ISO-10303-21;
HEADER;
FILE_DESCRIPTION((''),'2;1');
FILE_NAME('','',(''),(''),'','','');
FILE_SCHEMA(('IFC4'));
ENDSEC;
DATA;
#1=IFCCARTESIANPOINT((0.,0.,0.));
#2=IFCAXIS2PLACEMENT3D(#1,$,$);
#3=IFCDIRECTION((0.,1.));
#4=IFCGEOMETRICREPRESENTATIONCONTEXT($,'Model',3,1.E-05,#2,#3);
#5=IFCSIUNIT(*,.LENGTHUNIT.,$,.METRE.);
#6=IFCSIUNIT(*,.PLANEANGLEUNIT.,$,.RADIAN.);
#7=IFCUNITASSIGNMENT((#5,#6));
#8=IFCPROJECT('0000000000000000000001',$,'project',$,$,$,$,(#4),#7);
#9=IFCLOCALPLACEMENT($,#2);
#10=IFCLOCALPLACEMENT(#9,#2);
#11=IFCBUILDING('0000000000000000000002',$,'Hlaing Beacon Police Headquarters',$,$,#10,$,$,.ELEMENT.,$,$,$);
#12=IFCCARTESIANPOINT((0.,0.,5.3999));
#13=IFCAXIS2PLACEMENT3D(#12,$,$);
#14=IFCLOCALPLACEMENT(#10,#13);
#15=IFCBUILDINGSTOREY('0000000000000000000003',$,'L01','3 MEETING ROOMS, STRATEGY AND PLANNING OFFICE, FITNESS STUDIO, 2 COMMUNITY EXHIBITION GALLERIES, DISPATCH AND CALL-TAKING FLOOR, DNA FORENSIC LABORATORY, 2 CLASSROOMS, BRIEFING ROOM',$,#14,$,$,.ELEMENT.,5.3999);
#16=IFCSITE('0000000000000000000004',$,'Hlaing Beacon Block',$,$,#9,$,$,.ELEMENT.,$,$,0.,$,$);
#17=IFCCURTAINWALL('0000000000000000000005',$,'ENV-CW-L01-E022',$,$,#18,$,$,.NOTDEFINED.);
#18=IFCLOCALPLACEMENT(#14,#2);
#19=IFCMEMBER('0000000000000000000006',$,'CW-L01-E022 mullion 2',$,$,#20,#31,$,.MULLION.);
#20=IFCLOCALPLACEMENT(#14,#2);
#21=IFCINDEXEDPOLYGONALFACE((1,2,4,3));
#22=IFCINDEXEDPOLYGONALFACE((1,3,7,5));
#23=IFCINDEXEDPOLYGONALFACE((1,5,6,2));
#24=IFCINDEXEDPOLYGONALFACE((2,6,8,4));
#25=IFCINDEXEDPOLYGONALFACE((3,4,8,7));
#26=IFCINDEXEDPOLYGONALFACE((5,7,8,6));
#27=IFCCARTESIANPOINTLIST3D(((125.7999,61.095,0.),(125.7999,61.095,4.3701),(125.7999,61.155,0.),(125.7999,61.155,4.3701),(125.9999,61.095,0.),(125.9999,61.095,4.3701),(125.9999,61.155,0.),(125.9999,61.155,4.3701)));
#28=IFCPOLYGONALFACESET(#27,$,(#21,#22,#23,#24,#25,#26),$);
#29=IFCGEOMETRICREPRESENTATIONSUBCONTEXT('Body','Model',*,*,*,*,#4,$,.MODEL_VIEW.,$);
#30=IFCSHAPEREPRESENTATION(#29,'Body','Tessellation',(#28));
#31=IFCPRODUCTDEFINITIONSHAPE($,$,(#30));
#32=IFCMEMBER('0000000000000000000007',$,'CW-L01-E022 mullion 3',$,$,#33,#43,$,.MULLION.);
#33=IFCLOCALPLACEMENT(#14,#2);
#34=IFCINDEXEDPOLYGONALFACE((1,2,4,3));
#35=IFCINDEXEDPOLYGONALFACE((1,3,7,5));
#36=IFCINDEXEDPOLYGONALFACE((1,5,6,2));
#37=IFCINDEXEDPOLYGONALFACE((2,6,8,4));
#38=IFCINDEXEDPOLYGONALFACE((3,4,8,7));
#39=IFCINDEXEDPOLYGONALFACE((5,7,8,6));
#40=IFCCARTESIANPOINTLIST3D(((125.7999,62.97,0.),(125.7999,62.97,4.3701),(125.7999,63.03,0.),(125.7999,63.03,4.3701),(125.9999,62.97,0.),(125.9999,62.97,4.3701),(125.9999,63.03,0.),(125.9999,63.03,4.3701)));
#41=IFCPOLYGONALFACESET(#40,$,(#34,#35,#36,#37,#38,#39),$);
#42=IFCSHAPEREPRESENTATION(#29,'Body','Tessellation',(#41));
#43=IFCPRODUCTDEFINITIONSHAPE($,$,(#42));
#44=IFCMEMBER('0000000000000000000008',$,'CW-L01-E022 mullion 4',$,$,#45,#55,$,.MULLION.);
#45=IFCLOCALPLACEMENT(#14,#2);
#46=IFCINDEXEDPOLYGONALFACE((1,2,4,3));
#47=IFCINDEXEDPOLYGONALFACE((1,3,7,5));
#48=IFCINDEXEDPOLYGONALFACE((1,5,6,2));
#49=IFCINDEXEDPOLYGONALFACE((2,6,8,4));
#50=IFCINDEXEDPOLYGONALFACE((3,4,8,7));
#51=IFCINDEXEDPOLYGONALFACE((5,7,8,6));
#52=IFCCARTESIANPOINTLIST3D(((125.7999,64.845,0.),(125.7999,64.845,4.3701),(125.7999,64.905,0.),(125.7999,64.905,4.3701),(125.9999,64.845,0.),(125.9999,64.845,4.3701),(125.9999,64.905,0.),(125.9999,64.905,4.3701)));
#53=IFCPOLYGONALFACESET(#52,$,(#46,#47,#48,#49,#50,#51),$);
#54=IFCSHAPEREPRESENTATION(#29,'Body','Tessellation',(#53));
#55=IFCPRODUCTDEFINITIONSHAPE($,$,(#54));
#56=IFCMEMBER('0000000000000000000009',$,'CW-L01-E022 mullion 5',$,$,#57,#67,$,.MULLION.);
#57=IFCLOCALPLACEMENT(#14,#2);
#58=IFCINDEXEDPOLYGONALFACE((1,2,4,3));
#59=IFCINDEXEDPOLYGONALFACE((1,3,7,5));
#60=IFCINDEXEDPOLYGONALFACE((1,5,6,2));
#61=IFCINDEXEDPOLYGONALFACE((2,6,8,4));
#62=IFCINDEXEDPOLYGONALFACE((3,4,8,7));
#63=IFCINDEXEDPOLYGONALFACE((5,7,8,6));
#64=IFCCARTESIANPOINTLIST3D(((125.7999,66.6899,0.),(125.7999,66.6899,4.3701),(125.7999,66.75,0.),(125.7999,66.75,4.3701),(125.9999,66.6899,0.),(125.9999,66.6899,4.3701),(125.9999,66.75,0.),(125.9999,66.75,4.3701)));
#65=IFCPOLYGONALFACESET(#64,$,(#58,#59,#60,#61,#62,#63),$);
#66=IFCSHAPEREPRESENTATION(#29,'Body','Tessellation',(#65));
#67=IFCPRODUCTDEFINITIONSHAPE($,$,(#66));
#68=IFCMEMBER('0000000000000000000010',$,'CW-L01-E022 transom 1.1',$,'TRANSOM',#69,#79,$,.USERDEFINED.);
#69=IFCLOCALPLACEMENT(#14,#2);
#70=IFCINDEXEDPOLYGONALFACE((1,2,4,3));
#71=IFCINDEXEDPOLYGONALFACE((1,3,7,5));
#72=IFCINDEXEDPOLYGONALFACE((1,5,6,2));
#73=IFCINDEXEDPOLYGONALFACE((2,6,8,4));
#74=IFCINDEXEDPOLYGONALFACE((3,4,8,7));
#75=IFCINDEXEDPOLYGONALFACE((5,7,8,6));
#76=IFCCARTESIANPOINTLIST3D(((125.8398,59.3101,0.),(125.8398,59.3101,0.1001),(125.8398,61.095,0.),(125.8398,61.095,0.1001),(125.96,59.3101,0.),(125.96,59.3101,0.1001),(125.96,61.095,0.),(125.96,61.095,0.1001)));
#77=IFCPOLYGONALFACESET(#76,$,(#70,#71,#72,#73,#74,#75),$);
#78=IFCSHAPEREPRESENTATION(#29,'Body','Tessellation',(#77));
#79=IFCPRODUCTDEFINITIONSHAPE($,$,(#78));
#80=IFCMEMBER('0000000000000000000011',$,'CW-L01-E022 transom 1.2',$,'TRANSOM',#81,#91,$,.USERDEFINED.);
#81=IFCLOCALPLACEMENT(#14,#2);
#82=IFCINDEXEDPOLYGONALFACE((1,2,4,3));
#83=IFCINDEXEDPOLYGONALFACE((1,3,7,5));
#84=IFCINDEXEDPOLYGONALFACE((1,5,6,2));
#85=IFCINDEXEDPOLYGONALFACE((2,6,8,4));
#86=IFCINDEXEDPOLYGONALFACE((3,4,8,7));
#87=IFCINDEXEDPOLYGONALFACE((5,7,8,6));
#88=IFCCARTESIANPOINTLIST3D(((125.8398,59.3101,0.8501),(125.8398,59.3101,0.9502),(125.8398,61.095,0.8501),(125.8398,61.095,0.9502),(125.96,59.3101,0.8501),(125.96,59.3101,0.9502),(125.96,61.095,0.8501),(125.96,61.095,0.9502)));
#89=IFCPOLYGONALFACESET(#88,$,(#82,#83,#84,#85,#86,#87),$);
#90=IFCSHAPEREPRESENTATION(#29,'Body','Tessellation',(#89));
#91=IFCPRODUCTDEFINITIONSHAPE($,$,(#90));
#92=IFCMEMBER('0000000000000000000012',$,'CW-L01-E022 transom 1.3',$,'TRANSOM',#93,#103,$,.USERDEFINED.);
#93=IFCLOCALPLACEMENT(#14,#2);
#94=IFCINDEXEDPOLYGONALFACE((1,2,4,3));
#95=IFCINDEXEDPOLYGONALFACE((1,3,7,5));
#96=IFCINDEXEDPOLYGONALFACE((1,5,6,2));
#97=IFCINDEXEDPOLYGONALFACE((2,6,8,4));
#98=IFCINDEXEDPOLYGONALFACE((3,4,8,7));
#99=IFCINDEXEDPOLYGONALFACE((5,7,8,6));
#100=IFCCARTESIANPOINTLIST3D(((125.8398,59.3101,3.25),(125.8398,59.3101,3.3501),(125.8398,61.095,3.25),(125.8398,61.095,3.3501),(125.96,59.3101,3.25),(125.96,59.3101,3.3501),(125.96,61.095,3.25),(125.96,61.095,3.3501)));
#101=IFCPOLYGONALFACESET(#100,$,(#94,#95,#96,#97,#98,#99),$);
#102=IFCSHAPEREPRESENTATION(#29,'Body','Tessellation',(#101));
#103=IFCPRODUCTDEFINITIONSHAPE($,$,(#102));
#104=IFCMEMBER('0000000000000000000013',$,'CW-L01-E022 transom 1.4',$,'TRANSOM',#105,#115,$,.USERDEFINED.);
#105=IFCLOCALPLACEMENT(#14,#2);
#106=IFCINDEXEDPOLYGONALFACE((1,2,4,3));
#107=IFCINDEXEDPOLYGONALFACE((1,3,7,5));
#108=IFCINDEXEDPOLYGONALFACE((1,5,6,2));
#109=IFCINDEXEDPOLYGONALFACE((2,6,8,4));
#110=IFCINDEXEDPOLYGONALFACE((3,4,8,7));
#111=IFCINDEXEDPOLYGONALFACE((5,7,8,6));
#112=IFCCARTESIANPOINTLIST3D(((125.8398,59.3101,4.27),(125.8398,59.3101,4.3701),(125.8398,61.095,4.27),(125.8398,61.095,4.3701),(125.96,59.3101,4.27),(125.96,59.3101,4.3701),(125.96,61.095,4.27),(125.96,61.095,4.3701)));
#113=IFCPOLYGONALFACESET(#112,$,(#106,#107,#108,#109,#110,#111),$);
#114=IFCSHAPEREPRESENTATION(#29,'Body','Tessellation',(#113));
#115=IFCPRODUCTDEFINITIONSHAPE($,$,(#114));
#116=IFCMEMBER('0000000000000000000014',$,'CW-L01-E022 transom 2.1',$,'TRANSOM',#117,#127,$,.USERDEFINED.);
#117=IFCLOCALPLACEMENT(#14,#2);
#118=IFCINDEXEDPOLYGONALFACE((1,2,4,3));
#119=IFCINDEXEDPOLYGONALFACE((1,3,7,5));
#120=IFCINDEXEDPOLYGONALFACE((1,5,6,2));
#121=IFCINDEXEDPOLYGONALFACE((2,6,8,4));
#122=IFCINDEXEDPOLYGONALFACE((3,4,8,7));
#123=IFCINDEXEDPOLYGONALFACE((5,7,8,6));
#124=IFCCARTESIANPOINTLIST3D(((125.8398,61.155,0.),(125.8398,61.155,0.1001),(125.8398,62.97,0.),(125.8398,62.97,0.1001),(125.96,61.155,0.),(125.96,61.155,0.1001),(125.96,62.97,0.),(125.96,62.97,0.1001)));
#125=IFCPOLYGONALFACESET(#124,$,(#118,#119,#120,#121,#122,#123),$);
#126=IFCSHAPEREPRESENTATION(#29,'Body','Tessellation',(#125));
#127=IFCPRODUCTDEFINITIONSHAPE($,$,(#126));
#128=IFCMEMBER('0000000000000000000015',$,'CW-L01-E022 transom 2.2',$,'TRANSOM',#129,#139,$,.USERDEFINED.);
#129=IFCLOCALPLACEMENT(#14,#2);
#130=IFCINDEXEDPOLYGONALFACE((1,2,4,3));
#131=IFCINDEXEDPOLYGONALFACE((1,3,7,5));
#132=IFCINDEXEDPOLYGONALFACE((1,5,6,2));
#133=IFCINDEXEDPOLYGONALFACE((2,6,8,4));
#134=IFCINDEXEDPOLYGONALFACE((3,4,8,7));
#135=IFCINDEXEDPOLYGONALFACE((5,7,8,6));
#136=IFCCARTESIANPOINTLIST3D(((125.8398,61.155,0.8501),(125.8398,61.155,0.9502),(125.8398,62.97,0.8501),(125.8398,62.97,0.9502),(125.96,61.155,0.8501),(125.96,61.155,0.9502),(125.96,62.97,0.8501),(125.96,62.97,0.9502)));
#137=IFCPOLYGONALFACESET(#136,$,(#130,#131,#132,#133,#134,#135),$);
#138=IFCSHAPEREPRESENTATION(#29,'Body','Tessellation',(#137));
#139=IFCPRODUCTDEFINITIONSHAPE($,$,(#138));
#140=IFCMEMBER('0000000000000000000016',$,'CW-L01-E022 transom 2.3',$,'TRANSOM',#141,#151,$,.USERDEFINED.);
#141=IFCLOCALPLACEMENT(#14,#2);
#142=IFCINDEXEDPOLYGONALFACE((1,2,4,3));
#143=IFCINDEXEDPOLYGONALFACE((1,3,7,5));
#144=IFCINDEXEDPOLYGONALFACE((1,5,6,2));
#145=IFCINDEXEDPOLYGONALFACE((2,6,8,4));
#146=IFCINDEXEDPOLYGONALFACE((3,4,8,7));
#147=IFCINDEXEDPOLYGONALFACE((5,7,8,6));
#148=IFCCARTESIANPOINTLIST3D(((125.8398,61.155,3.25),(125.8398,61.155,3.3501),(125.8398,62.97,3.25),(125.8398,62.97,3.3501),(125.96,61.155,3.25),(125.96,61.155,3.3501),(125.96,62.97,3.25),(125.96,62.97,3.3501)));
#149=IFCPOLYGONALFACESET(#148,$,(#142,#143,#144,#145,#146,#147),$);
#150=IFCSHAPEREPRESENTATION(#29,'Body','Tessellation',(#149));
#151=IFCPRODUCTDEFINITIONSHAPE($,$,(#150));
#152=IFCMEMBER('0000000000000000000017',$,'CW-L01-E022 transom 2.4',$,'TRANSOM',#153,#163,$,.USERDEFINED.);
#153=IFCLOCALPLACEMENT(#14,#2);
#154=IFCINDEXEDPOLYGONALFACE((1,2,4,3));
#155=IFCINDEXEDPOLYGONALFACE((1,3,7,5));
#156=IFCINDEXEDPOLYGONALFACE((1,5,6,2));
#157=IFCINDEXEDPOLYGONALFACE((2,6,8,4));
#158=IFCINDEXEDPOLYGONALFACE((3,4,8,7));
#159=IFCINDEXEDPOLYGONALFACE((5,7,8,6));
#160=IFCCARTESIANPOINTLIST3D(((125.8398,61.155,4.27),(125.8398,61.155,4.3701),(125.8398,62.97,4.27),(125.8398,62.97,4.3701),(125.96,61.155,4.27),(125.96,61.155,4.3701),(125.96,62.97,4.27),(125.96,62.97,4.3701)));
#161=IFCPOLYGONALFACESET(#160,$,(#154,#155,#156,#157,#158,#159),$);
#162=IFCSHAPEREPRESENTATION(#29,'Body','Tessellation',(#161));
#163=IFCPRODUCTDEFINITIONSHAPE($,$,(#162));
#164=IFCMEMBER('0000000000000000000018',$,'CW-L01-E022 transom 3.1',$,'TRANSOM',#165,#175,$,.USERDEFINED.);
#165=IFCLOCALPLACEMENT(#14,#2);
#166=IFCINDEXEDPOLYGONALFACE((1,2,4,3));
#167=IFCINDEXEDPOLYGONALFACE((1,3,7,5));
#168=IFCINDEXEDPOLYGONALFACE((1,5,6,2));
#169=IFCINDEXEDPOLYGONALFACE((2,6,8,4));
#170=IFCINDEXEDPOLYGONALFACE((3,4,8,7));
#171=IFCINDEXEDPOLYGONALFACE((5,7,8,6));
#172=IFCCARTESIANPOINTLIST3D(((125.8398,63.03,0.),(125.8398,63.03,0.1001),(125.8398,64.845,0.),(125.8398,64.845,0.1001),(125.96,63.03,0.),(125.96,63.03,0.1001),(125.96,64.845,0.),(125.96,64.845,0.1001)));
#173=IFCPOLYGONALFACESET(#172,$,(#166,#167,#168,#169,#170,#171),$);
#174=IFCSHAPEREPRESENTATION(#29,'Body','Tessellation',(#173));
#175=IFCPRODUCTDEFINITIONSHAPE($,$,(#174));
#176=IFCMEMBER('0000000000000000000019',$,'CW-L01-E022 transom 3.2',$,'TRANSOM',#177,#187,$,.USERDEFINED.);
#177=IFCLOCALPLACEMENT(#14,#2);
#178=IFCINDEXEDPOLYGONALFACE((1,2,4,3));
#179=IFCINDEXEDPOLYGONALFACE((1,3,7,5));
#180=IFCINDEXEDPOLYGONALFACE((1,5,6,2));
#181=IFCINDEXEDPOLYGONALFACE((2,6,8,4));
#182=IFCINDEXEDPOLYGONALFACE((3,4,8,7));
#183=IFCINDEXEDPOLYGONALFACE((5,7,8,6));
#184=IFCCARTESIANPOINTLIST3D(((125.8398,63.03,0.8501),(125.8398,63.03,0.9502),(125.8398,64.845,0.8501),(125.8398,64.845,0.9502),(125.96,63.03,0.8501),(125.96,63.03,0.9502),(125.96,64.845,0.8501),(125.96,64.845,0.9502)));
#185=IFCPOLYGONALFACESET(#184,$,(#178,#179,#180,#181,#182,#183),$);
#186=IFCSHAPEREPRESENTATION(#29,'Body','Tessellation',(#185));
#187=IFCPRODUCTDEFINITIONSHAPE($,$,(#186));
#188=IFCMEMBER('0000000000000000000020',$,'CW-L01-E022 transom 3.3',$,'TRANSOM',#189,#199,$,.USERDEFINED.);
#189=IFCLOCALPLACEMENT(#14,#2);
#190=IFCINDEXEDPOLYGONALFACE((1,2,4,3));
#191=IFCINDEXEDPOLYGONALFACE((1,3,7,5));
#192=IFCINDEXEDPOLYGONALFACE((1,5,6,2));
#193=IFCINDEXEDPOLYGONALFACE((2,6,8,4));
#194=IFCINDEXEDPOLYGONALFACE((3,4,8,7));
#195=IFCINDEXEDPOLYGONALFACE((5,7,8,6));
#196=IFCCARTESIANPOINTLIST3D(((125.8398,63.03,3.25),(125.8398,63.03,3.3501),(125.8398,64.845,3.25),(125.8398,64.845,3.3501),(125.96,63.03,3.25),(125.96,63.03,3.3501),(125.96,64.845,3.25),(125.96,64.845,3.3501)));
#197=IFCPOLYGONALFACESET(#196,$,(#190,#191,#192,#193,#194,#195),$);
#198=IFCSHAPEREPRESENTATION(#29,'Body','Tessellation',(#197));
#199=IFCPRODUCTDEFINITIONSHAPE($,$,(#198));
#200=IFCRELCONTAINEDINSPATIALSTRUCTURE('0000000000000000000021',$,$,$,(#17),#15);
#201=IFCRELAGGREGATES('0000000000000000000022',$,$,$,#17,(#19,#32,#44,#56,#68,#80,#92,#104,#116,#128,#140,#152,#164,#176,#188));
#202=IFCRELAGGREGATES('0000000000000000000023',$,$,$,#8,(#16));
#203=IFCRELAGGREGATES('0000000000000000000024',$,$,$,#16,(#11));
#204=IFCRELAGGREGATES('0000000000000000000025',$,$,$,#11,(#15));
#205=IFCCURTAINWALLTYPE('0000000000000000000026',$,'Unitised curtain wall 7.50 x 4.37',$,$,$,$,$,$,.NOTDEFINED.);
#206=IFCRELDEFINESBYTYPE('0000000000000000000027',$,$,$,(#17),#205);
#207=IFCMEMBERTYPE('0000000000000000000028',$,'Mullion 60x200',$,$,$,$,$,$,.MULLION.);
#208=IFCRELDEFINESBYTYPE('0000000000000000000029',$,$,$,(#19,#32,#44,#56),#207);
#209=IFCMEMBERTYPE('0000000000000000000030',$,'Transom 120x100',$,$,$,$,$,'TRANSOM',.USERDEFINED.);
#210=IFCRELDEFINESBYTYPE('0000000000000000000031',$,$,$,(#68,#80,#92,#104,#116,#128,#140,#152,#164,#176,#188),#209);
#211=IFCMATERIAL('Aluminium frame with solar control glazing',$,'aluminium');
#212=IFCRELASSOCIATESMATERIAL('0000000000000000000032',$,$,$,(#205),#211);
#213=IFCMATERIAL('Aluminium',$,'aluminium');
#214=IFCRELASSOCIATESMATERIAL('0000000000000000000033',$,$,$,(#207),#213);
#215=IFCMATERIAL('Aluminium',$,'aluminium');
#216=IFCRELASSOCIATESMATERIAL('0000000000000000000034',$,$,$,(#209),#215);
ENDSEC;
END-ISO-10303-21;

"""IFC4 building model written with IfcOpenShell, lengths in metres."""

from ifc_helpers import new_model, si_unit, direction, frame, origin, origin_2d, place, context, subcontext, project, spatial, rectangle, extrude, material, material_profile, profile_set, type_object, element, aggregate, save


model = new_model("IFC4")

# Units and contexts
model_context = context("Model", 3, precision=1e-05, world=origin(), true_north=direction((0.0, 1.0)))
body_context = subcontext(model_context, "Body", "Model", "MODEL_VIEW")
ifc_project = project(units=[si_unit("LENGTHUNIT", "METRE"), si_unit("PLANEANGLEUNIT", "RADIAN")], contexts=[model_context])

# Site, building, storey
site_placement = place(None, origin())
site = spatial("IfcSite", under=ifc_project, at=site_placement, Name="Hlaing Beacon Block", CompositionType="ELEMENT", RefElevation=0.0)
building_placement = place(site_placement, origin())
building = spatial("IfcBuilding", under=site, at=building_placement, Name="Hlaing Beacon Police Headquarters", CompositionType="ELEMENT")
storey_placement = place(building_placement, frame((0.0, 0.0, 5.3999)))
storey = spatial("IfcBuildingStorey", under=building, at=storey_placement, Name="L01", Description="3 MEETING ROOMS, STRATEGY AND PLANNING OFFICE, FITNESS STUDIO, 2 COMMUNITY EXHIBITION GALLERIES, DISPATCH AND CALL-TAKING FLOOR, DNA FORENSIC LABORATORY, 2 CLASSROOMS, BRIEFING ROOM", CompositionType="ELEMENT", Elevation=5.3999)

# Curtain wall, members
ifc_material_1 = material(Name="Aluminium frame with solar control glazing", Category="aluminium")
curtain_wall_type = type_object("IfcCurtainWallType", Name="Unitised curtain wall 7.50 x 4.37", PredefinedType="NOTDEFINED", material=ifc_material_1)
curtain_wall_placement = place(storey_placement, origin())
curtain_wall = element("IfcCurtainWall", 1, at=curtain_wall_placement, inside=storey, type_object=curtain_wall_type, Name="ENV-CW-L01-E022", PredefinedType="NOTDEFINED")
ifc_material_2 = material(Name="Aluminium", Category="aluminium")
ifc_material_profile_1 = material_profile(ifc_material_2, rectangle(XDim=0.2, YDim=0.0601, at=origin_2d()), Name="Mullion 60x200")
ifc_profile_set_1 = profile_set([ifc_material_profile_1], Name="Aluminium")
member_type_1 = type_object("IfcMemberType", Name="Mullion 60x200", PredefinedType="MULLION", material=ifc_profile_set_1)
member_1_placement = place(storey_placement, frame((125.8999, 61.125, 0.0), z_axis=(0.0, 0.0, 1.0), x_axis=(-1.0, 0.0, 0.0)))
member_1 = element("IfcMember", 2, at=member_1_placement, type_object=member_type_1, Name="CW-L01-E022 mullion 2", PredefinedType="MULLION", context=body_context, shape_type="SweptSolid", body=[
    extrude(rectangle(XDim=0.2, YDim=0.0601, at=origin_2d()), origin(), (0.0, 0.0, 1.0), 4.3701),
])
member_2_placement = place(storey_placement, frame((125.8999, 63.0, 0.0), z_axis=(0.0, 0.0, 1.0), x_axis=(-1.0, 0.0, 0.0)))
member_2 = element("IfcMember", 3, at=member_2_placement, type_object=member_type_1, Name="CW-L01-E022 mullion 3", PredefinedType="MULLION", context=body_context, shape_type="SweptSolid", body=[
    extrude(rectangle(XDim=0.2, YDim=0.0601, at=origin_2d()), origin(), (0.0, 0.0, 1.0), 4.3701),
])
member_3_placement = place(storey_placement, frame((125.8999, 64.875, 0.0), z_axis=(0.0, 0.0, 1.0), x_axis=(-1.0, 0.0, 0.0)))
member_3 = element("IfcMember", 4, at=member_3_placement, type_object=member_type_1, Name="CW-L01-E022 mullion 4", PredefinedType="MULLION", context=body_context, shape_type="SweptSolid", body=[
    extrude(rectangle(XDim=0.2, YDim=0.0601, at=origin_2d()), origin(), (0.0, 0.0, 1.0), 4.3701),
])
member_4_placement = place(storey_placement, frame((125.8999, 66.72, 0.0), z_axis=(0.0, 0.0, 1.0), x_axis=(-1.0, 0.0, 0.0)))
member_4 = element("IfcMember", 5, at=member_4_placement, type_object=member_type_1, Name="CW-L01-E022 mullion 5", PredefinedType="MULLION", context=body_context, shape_type="SweptSolid", body=[
    extrude(rectangle(XDim=0.2, YDim=0.0601, at=origin_2d()), origin(), (0.0, 0.0, 1.0), 4.3701),
])
ifc_material_3 = material(Name="Aluminium", Category="aluminium")
ifc_material_profile_2 = material_profile(ifc_material_3, rectangle(XDim=0.1201, YDim=0.1001, at=origin_2d()), Name="Transom 120x100")
ifc_profile_set_2 = profile_set([ifc_material_profile_2], Name="Aluminium")
member_type_2 = type_object("IfcMemberType", Name="Transom 120x100", ElementType="TRANSOM", PredefinedType="USERDEFINED", material=ifc_profile_set_2)
member_5_placement = place(storey_placement, frame((125.8999, 59.3101, 0.05), z_axis=(0.0, 1.0, 0.0), x_axis=(-1.0, 0.0, 0.0)))
member_5 = element("IfcMember", 6, at=member_5_placement, type_object=member_type_2, Name="CW-L01-E022 transom 1.1", ObjectType="TRANSOM", PredefinedType="USERDEFINED", context=body_context, shape_type="SweptSolid", body=[
    extrude(rectangle(XDim=0.1201, YDim=0.1001, at=origin_2d()), origin(), (0.0, 0.0, 1.0), 1.7849),
])
member_6_placement = place(storey_placement, frame((125.8999, 59.3101, 0.9001), z_axis=(0.0, 1.0, 0.0), x_axis=(-1.0, 0.0, 0.0)))
member_6 = element("IfcMember", 7, at=member_6_placement, type_object=member_type_2, Name="CW-L01-E022 transom 1.2", ObjectType="TRANSOM", PredefinedType="USERDEFINED", context=body_context, shape_type="SweptSolid", body=[
    extrude(rectangle(XDim=0.1201, YDim=0.1001, at=origin_2d()), origin(), (0.0, 0.0, 1.0), 1.7849),
])
member_7_placement = place(storey_placement, frame((125.8999, 59.3101, 3.3), z_axis=(0.0, 1.0, 0.0), x_axis=(-1.0, 0.0, 0.0)))
member_7 = element("IfcMember", 8, at=member_7_placement, type_object=member_type_2, Name="CW-L01-E022 transom 1.3", ObjectType="TRANSOM", PredefinedType="USERDEFINED", context=body_context, shape_type="SweptSolid", body=[
    extrude(rectangle(XDim=0.1201, YDim=0.1001, at=origin_2d()), origin(), (0.0, 0.0, 1.0), 1.7849),
])
member_8_placement = place(storey_placement, frame((125.8999, 59.3101, 4.3201), z_axis=(0.0, 1.0, 0.0), x_axis=(-1.0, 0.0, 0.0)))
member_8 = element("IfcMember", 9, at=member_8_placement, type_object=member_type_2, Name="CW-L01-E022 transom 1.4", ObjectType="TRANSOM", PredefinedType="USERDEFINED", context=body_context, shape_type="SweptSolid", body=[
    extrude(rectangle(XDim=0.1201, YDim=0.1001, at=origin_2d()), origin(), (0.0, 0.0, 1.0), 1.7849),
])
member_9_placement = place(storey_placement, frame((125.8999, 61.155, 0.05), z_axis=(0.0, 1.0, 0.0), x_axis=(-1.0, 0.0, 0.0)))
member_9 = element("IfcMember", 10, at=member_9_placement, type_object=member_type_2, Name="CW-L01-E022 transom 2.1", ObjectType="TRANSOM", PredefinedType="USERDEFINED", context=body_context, shape_type="SweptSolid", body=[
    extrude(rectangle(XDim=0.1201, YDim=0.1001, at=origin_2d()), origin(), (0.0, 0.0, 1.0), 1.8149),
])
member_10_placement = place(storey_placement, frame((125.8999, 61.155, 0.9001), z_axis=(0.0, 1.0, 0.0), x_axis=(-1.0, 0.0, 0.0)))
member_10 = element("IfcMember", 11, at=member_10_placement, type_object=member_type_2, Name="CW-L01-E022 transom 2.2", ObjectType="TRANSOM", PredefinedType="USERDEFINED", context=body_context, shape_type="SweptSolid", body=[
    extrude(rectangle(XDim=0.1201, YDim=0.1001, at=origin_2d()), origin(), (0.0, 0.0, 1.0), 1.8149),
])
member_11_placement = place(storey_placement, frame((125.8999, 61.155, 3.3), z_axis=(0.0, 1.0, 0.0), x_axis=(-1.0, 0.0, 0.0)))
member_11 = element("IfcMember", 12, at=member_11_placement, type_object=member_type_2, Name="CW-L01-E022 transom 2.3", ObjectType="TRANSOM", PredefinedType="USERDEFINED", context=body_context, shape_type="SweptSolid", body=[
    extrude(rectangle(XDim=0.1201, YDim=0.1001, at=origin_2d()), origin(), (0.0, 0.0, 1.0), 1.8149),
])
member_12_placement = place(storey_placement, frame((125.8999, 61.155, 4.3201), z_axis=(0.0, 1.0, 0.0), x_axis=(-1.0, 0.0, 0.0)))
member_12 = element("IfcMember", 13, at=member_12_placement, type_object=member_type_2, Name="CW-L01-E022 transom 2.4", ObjectType="TRANSOM", PredefinedType="USERDEFINED", context=body_context, shape_type="SweptSolid", body=[
    extrude(rectangle(XDim=0.1201, YDim=0.1001, at=origin_2d()), origin(), (0.0, 0.0, 1.0), 1.8149),
])
member_13_placement = place(storey_placement, frame((125.8999, 63.03, 0.05), z_axis=(0.0, 1.0, 0.0), x_axis=(-1.0, 0.0, 0.0)))
member_13 = element("IfcMember", 14, at=member_13_placement, type_object=member_type_2, Name="CW-L01-E022 transom 3.1", ObjectType="TRANSOM", PredefinedType="USERDEFINED", context=body_context, shape_type="SweptSolid", body=[
    extrude(rectangle(XDim=0.1201, YDim=0.1001, at=origin_2d()), origin(), (0.0, 0.0, 1.0), 1.8149),
])
member_14_placement = place(storey_placement, frame((125.8999, 63.03, 0.9001), z_axis=(0.0, 1.0, 0.0), x_axis=(-1.0, 0.0, 0.0)))
member_14 = element("IfcMember", 15, at=member_14_placement, type_object=member_type_2, Name="CW-L01-E022 transom 3.2", ObjectType="TRANSOM", PredefinedType="USERDEFINED", context=body_context, shape_type="SweptSolid", body=[
    extrude(rectangle(XDim=0.1201, YDim=0.1001, at=origin_2d()), origin(), (0.0, 0.0, 1.0), 1.8149),
])
member_15_placement = place(storey_placement, frame((125.8999, 63.03, 3.3), z_axis=(0.0, 1.0, 0.0), x_axis=(-1.0, 0.0, 0.0)))
member_15 = element("IfcMember", 16, at=member_15_placement, type_object=member_type_2, Name="CW-L01-E022 transom 3.3", ObjectType="TRANSOM", PredefinedType="USERDEFINED", context=body_context, shape_type="SweptSolid", body=[
    extrude(rectangle(XDim=0.1201, YDim=0.1001, at=origin_2d()), origin(), (0.0, 0.0, 1.0), 1.8149),
])
aggregate(curtain_wall, [member_1, member_2, member_3, member_4, member_5, member_6, member_7, member_8, member_9, member_10, member_11, member_12, member_13, member_14, member_15])

save(model, "model.ifc")
